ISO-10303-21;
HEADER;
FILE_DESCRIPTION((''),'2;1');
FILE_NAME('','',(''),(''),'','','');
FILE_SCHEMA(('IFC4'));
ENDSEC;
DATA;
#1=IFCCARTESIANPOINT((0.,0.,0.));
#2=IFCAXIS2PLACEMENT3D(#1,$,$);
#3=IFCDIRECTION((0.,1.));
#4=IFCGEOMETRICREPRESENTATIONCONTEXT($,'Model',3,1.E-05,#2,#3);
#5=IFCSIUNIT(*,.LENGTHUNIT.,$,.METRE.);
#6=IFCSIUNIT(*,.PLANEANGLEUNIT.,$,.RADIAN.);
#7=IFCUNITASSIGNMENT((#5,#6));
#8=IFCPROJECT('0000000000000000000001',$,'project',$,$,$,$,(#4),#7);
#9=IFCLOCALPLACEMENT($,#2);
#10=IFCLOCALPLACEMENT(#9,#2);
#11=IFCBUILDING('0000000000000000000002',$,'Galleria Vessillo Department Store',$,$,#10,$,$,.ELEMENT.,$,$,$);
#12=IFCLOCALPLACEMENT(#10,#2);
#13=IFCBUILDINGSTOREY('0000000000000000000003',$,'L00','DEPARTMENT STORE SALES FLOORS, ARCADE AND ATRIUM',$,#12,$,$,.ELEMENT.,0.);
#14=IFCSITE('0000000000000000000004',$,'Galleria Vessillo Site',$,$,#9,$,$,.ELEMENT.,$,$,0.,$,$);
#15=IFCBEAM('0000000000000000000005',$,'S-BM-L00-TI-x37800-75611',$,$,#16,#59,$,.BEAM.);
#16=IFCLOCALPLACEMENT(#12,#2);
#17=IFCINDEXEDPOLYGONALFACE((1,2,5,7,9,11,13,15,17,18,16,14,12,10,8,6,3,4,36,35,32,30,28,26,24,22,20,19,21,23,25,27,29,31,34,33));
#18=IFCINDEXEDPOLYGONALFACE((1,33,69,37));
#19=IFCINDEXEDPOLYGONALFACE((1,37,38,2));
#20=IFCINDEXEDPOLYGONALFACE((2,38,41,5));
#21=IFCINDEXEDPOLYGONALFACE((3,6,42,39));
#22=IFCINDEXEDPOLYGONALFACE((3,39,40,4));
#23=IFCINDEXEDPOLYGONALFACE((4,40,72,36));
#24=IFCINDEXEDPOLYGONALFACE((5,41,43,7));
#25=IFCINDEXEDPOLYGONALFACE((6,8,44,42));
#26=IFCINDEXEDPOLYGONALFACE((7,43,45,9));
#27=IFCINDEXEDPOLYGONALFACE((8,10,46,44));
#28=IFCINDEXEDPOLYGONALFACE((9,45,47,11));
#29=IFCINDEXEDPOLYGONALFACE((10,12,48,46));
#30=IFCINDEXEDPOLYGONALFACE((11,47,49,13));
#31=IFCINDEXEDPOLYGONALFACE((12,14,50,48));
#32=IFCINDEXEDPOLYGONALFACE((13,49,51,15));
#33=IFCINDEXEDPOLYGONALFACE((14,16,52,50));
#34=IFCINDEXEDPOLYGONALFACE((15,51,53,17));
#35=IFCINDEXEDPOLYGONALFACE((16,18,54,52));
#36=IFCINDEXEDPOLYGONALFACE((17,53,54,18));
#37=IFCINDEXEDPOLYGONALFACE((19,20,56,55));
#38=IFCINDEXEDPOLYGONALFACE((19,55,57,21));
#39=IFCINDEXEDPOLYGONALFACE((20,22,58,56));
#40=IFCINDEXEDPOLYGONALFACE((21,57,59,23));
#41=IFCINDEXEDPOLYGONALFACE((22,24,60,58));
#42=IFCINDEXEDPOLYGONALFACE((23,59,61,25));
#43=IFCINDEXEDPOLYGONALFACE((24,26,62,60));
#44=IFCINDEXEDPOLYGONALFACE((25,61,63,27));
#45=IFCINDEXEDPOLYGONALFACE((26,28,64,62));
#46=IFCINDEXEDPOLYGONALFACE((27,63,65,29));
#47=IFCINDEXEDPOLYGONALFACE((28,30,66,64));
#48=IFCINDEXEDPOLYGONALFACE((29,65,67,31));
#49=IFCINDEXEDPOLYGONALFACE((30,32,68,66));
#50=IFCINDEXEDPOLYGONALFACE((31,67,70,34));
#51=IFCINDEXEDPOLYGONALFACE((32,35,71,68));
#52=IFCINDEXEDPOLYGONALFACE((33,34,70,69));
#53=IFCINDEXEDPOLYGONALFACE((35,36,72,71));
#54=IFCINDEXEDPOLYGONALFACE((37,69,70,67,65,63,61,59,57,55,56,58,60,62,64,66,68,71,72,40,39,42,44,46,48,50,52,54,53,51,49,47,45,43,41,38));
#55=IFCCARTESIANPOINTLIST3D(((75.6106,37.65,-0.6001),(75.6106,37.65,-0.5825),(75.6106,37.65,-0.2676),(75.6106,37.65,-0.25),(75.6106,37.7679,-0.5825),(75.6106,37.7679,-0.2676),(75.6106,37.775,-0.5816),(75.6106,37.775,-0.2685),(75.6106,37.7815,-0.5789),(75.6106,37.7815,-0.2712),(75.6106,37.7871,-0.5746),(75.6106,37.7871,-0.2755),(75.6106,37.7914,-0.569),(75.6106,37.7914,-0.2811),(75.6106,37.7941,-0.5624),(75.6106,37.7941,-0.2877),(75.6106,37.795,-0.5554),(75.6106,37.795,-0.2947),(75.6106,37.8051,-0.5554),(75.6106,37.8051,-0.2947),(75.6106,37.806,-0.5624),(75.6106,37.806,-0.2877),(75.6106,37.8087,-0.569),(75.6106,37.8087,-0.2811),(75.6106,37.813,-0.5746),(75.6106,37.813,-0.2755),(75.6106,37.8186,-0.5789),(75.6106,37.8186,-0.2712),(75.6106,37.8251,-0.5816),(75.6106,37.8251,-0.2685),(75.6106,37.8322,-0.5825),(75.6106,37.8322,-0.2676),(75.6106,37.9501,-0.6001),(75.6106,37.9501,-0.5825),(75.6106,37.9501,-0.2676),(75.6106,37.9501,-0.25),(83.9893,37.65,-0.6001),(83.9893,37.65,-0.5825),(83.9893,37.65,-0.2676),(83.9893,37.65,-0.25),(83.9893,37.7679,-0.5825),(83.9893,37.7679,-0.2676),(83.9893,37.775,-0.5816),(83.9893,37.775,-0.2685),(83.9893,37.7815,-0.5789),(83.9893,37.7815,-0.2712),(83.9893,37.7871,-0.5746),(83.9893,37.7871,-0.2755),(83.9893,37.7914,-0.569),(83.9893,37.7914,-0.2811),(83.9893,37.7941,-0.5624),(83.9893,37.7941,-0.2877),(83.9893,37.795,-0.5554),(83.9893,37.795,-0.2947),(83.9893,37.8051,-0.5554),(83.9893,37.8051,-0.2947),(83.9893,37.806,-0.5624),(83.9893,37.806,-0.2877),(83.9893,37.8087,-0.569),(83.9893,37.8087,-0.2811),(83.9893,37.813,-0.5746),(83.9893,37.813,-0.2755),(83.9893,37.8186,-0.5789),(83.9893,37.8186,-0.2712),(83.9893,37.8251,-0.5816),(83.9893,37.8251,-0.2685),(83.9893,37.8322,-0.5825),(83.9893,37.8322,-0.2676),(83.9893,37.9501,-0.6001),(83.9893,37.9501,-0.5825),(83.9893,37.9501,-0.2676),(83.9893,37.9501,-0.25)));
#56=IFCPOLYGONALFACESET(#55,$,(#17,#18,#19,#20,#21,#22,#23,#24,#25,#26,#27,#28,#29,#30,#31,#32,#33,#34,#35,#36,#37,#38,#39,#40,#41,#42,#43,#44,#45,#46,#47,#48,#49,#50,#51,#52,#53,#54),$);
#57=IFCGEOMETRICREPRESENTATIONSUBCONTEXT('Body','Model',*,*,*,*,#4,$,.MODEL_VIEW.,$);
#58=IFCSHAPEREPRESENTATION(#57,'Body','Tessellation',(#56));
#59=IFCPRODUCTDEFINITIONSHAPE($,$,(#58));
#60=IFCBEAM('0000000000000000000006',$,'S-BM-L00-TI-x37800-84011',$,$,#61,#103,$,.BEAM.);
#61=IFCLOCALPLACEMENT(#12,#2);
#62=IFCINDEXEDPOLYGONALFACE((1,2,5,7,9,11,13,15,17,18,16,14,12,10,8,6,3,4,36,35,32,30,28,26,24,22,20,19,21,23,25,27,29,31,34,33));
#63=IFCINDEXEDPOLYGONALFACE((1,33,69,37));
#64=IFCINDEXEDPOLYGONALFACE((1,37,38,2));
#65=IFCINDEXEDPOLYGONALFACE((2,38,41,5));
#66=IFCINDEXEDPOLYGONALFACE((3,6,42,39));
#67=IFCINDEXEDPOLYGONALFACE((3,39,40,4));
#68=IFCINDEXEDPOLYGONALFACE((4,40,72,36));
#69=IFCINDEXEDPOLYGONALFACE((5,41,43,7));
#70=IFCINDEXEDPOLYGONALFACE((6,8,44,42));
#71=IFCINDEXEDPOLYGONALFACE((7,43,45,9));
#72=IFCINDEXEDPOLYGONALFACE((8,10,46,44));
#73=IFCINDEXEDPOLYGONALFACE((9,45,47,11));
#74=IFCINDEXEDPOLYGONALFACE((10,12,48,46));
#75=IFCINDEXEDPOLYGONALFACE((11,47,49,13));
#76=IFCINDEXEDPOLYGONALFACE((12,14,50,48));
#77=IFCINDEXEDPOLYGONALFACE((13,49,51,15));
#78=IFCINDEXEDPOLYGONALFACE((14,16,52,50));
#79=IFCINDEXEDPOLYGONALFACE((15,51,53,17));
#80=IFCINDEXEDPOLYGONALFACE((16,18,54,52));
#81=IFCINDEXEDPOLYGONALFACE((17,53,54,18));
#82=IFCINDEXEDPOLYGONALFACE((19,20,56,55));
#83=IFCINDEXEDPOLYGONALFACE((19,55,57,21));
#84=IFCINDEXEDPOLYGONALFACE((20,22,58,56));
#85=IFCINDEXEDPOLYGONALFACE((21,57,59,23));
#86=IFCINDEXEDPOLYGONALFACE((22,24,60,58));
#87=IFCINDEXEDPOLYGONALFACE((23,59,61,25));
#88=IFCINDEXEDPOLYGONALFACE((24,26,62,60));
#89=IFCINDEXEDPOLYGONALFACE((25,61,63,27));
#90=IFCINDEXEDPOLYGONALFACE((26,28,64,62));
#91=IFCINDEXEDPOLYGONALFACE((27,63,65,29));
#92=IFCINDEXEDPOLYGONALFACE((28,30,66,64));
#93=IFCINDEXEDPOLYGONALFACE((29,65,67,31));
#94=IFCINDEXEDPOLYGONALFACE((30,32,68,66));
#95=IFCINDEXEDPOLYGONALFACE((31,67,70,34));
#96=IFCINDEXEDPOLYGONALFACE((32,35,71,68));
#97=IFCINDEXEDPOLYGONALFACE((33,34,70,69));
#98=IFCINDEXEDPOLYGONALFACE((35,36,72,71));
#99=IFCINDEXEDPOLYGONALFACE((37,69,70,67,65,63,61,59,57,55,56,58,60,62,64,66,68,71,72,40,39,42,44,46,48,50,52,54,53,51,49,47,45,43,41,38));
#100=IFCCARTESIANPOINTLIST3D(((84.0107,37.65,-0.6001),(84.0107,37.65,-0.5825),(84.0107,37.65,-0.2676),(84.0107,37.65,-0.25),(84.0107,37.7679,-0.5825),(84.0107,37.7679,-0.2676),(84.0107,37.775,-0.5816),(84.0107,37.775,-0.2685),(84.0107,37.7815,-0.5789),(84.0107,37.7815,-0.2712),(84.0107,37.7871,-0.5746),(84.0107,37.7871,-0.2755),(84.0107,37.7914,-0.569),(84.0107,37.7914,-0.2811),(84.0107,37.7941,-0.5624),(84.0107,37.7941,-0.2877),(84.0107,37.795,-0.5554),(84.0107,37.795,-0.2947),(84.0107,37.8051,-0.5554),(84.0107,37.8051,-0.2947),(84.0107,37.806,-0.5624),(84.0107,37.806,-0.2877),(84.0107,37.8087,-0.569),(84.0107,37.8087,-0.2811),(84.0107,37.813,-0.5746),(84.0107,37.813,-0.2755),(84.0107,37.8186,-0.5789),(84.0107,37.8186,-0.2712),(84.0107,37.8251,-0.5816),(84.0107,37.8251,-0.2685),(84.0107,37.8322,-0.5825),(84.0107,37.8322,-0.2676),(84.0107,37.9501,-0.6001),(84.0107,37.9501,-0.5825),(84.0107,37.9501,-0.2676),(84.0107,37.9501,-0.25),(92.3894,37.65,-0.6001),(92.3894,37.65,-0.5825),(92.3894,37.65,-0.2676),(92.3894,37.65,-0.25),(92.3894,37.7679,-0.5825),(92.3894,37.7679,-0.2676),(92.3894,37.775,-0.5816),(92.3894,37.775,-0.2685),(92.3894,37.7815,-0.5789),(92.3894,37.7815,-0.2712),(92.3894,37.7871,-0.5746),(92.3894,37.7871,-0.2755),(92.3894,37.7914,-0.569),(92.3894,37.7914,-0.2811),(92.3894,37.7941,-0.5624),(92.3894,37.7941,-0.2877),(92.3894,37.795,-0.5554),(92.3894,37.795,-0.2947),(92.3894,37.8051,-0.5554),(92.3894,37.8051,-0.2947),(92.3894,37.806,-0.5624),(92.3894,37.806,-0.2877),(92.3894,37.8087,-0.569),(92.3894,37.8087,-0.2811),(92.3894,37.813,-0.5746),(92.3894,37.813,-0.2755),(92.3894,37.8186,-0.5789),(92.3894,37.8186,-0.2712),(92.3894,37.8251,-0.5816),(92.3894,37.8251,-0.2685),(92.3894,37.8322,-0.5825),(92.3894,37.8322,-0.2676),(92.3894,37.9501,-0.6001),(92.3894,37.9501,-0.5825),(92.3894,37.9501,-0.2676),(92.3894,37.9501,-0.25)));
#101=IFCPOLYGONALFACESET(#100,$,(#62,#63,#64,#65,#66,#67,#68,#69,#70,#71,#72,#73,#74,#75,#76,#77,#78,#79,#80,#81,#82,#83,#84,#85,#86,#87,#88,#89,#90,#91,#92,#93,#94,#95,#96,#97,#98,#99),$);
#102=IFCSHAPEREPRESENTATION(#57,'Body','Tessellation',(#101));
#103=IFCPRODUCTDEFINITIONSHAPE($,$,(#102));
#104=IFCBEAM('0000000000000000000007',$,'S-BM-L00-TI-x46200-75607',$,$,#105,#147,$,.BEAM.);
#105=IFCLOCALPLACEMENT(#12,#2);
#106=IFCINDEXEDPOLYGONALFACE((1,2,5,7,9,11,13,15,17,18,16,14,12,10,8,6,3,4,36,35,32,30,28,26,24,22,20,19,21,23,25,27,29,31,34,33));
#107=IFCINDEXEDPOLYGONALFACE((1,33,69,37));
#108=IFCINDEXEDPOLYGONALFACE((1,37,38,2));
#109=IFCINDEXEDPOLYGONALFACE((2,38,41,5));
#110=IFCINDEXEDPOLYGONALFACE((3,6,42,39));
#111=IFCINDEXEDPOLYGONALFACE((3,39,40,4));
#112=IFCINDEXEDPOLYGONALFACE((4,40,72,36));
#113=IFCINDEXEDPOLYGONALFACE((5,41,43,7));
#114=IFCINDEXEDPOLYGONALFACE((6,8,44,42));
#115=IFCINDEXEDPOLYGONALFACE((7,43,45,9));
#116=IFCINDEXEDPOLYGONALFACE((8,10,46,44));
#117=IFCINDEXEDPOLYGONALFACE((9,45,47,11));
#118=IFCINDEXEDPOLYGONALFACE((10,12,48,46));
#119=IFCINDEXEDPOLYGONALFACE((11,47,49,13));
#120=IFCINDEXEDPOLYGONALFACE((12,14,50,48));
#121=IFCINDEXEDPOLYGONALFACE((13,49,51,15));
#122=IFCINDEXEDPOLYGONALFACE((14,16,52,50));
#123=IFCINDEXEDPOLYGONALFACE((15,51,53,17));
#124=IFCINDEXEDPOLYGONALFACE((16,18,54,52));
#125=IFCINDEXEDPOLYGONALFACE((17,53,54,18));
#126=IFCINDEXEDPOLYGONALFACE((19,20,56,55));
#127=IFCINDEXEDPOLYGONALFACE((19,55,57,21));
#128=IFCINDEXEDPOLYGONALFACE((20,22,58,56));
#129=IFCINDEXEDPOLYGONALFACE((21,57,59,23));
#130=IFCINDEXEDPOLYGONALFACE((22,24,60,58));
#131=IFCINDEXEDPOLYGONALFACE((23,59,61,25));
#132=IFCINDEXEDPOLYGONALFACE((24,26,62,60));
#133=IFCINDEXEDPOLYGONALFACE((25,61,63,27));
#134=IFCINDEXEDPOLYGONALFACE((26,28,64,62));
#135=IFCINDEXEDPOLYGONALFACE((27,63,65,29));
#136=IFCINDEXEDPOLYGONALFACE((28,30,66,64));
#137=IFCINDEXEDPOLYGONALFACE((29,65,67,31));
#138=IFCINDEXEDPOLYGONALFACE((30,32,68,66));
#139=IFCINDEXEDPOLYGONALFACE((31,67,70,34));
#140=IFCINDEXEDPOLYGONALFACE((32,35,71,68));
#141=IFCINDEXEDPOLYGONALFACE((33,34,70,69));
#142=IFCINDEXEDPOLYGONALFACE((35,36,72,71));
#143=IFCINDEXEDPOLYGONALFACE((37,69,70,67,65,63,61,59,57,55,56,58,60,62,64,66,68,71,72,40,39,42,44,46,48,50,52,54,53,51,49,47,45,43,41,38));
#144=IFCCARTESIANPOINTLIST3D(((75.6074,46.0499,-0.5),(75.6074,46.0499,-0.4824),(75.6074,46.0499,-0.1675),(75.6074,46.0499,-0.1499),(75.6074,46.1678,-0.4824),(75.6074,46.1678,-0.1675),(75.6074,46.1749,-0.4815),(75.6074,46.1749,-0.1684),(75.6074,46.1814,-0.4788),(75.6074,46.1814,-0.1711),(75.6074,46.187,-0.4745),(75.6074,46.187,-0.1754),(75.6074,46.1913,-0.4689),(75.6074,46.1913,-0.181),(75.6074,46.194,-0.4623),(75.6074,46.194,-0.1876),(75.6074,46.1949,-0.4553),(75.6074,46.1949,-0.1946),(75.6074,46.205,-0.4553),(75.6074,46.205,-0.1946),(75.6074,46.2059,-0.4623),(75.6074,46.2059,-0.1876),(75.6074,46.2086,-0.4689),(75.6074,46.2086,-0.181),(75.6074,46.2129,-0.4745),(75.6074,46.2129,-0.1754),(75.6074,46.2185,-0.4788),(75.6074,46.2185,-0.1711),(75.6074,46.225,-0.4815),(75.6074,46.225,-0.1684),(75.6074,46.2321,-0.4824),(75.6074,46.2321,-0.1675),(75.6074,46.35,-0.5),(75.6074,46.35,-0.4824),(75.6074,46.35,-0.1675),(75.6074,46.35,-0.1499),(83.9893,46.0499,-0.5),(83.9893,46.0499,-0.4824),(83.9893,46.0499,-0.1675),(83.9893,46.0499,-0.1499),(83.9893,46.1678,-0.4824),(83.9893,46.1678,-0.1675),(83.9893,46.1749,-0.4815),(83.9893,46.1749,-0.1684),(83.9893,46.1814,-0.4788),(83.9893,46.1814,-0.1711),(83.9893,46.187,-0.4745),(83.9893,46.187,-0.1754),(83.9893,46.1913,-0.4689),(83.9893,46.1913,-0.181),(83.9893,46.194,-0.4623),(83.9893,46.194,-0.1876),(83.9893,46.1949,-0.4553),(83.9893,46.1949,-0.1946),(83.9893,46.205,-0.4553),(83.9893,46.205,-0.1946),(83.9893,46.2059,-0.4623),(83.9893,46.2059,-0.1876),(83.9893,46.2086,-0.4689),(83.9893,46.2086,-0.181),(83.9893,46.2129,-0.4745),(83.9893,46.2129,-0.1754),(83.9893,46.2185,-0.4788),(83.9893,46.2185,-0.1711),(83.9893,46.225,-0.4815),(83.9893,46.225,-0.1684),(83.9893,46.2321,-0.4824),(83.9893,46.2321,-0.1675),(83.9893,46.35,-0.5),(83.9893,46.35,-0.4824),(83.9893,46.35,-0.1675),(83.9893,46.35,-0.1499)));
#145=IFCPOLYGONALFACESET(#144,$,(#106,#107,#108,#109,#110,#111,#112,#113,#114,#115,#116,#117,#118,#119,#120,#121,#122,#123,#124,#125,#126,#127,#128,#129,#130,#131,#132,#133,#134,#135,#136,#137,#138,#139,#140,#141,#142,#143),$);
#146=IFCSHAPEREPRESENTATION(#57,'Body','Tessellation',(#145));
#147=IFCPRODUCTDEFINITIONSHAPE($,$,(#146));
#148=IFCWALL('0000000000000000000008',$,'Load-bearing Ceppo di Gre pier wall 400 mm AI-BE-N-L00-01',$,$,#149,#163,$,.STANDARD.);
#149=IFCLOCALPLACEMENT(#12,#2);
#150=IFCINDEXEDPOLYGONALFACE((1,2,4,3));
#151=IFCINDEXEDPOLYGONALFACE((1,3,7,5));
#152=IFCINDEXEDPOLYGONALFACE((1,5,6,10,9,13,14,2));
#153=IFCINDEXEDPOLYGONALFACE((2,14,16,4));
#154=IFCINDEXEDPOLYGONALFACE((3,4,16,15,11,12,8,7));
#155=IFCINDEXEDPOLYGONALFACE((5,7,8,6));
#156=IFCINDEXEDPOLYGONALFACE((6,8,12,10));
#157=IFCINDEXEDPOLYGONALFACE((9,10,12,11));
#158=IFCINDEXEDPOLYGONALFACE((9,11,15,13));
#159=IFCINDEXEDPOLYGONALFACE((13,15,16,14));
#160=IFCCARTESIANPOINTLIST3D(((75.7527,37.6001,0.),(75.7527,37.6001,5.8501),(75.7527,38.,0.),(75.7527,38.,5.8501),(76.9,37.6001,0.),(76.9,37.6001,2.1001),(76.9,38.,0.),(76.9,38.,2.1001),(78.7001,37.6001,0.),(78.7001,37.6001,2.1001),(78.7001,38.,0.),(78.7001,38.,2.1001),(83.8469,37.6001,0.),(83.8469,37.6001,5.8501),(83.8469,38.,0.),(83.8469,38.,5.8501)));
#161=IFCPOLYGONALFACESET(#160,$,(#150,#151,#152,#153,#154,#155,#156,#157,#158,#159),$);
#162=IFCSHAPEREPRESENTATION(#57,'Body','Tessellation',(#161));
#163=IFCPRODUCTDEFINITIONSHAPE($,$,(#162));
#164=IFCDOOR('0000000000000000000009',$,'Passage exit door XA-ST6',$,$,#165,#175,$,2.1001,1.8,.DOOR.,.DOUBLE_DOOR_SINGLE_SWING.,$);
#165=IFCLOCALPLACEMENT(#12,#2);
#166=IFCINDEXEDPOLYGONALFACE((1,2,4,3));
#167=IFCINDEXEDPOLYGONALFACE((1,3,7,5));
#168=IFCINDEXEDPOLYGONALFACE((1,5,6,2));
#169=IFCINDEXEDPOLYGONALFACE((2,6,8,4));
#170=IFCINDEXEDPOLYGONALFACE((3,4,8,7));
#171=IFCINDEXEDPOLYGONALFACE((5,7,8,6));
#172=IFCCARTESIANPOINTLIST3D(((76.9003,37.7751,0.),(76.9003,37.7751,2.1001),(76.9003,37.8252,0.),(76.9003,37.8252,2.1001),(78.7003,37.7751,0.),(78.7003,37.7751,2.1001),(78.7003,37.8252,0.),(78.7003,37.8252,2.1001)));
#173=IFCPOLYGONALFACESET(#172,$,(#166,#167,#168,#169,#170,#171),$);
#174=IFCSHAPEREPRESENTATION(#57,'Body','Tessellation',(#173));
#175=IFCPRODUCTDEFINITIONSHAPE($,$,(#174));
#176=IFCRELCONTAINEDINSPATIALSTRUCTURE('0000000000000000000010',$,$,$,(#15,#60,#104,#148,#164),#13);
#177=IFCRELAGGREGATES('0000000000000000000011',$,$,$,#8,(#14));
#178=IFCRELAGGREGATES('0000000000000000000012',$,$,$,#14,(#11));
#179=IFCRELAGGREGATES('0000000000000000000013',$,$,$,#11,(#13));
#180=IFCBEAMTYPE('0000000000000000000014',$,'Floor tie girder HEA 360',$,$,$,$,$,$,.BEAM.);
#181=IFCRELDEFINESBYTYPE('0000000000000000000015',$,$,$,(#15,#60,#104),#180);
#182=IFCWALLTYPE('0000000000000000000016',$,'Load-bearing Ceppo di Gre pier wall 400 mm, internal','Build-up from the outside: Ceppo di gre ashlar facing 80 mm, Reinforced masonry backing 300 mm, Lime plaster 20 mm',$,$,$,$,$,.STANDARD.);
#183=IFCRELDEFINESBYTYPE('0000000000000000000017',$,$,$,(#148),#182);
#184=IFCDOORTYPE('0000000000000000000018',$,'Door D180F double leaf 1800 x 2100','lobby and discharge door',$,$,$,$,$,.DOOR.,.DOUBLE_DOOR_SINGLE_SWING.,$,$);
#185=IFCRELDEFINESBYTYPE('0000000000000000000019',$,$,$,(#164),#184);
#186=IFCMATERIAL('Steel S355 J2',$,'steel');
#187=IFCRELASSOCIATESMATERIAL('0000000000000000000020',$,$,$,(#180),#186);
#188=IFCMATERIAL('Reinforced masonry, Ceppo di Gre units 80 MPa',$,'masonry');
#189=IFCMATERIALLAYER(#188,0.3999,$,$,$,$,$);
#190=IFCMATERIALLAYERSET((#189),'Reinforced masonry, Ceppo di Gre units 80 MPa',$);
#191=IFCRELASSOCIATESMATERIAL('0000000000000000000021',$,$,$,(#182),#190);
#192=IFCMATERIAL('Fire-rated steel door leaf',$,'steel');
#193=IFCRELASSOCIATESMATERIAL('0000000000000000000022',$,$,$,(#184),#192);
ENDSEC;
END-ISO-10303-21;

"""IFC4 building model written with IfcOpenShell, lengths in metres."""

from ifc_helpers import new_model, si_unit, direction, frame, frame_2d, origin, origin_2d, place, context, subcontext, project, spatial, rectangle, i_section, extrude, material, layer, layer_set, material_profile, profile_set, type_object, element, fill, save


model = new_model("IFC4")

# Units and contexts
model_context = context("Model", 3, precision=1e-05, world=origin(), true_north=direction((0.0, 1.0)))
body_context = subcontext(model_context, "Body", "Model", "MODEL_VIEW")
ifc_project = project(units=[si_unit("LENGTHUNIT", "METRE"), si_unit("PLANEANGLEUNIT", "RADIAN")], contexts=[model_context])

# Site, building, storey
site_placement = place(None, origin())
site = spatial("IfcSite", under=ifc_project, at=site_placement, Name="Galleria Vessillo Site", CompositionType="ELEMENT", RefElevation=0.0)
building_placement = place(site_placement, origin())
building = spatial("IfcBuilding", under=site, at=building_placement, Name="Galleria Vessillo Department Store", CompositionType="ELEMENT")
storey_placement = place(building_placement, origin())
storey = spatial("IfcBuildingStorey", under=building, at=storey_placement, Name="L00", Description="DEPARTMENT STORE SALES FLOORS, ARCADE AND ATRIUM", CompositionType="ELEMENT", Elevation=0.0)

# Beams
ifc_material_1 = material(Name="Steel S355 J2", Category="steel")
ifc_material_profile_1 = material_profile(ifc_material_1, i_section(OverallWidth=0.3, OverallDepth=0.3501, WebThickness=0.01, FlangeThickness=0.0176, FilletRadius=0.0271, at=origin_2d()), Name="HEA 360")
ifc_profile_set_1 = profile_set([ifc_material_profile_1], Name="Steel S355 J2")
beam_type_1 = type_object("IfcBeamType", Name="Floor tie girder HEA 360", PredefinedType="BEAM", material=ifc_profile_set_1)
for number, where, z_axis, x_axis, name in (
    (1, (75.6106, 37.8, -0.425), (1.0, 0.0, 0.0), (0.0, 1.0, 0.0), "S-BM-L00-TI-x37800-75611"),
    (2, (84.0107, 37.8, -0.425), (1.0, 0.0, 0.0), (0.0, 1.0, 0.0), "S-BM-L00-TI-x37800-84011"),
):
    element("IfcBeam", number, at=place(storey_placement, frame(where, z_axis=z_axis, x_axis=x_axis)), inside=storey, type_object=beam_type_1, Name=name, PredefinedType="BEAM", context=body_context, shape_type="SweptSolid", body=[
        extrude(i_section(OverallWidth=0.3, OverallDepth=0.3501, WebThickness=0.01, FlangeThickness=0.0176, FilletRadius=0.0271, at=origin_2d()), origin(), (0.0, 0.0, 1.0), 8.3787),
    ])
beam_1_placement = place(storey_placement, frame((75.6074, 46.2, -0.325), z_axis=(1.0, 0.0, 0.0), x_axis=(0.0, 1.0, 0.0)))
element("IfcBeam", 3, at=beam_1_placement, inside=storey, type_object=beam_type_1, Name="S-BM-L00-TI-x46200-75607", PredefinedType="BEAM", context=body_context, shape_type="SweptSolid", body=[
    extrude(i_section(OverallWidth=0.3, OverallDepth=0.3501, WebThickness=0.01, FlangeThickness=0.0176, FilletRadius=0.0271, at=origin_2d()), origin(), (0.0, 0.0, 1.0), 8.3818),
])

# Wall, opening, door
ifc_material_2 = material(Name="Reinforced masonry, Ceppo di Gre units 80 MPa", Category="masonry")
ifc_layer = layer(ifc_material_2, 0.3999)
ifc_layer_set = layer_set([ifc_layer], Name="Reinforced masonry, Ceppo di Gre units 80 MPa")
wall_type = type_object("IfcWallType", Name="Load-bearing Ceppo di Gre pier wall 400 mm, internal", Description="Build-up from the outside: Ceppo di gre ashlar facing 80 mm, Reinforced masonry backing 300 mm, Lime plaster 20 mm", PredefinedType="STANDARD", material=ifc_layer_set)
wall_placement = place(storey_placement, frame((75.7527, 37.8, 0.0), z_axis=(0.0, 0.0, 1.0), x_axis=(1.0, 0.0, 0.0)))
wall = element("IfcWall", 4, at=wall_placement, inside=storey, type_object=wall_type, Name="Load-bearing Ceppo di Gre pier wall 400 mm AI-BE-N-L00-01", PredefinedType="STANDARD", context=body_context, shape_type="SweptSolid", body=[
    extrude(rectangle(XDim=8.0942, YDim=0.3999, at=frame_2d((4.0471, 0.0))), origin(), (0.0, 0.0, 1.0), 5.8501),
])
opening_placement = place(wall_placement, frame((1.1475, 0.0, 0.0)))
opening = element("IfcOpeningElement", 5, at=opening_placement, cuts=wall, PredefinedType="OPENING", context=body_context, shape_type="SweptSolid", body=[
    extrude(rectangle(XDim=1.8, YDim=2.1001, at=frame_2d((0.8999, 1.05))), frame((0.0, 0.21, 0.0), z_axis=(0.0, -1.0, 0.0), x_axis=(1.0, 0.0, 0.0)), (0.0, 0.0, 1.0), 0.4199),
])
ifc_material_3 = material(Name="Fire-rated steel door leaf", Category="steel")
door_type = type_object("IfcDoorType", Name="Door D180F double leaf 1800 x 2100", Description="lobby and discharge door", OperationType="DOUBLE_DOOR_SINGLE_SWING", PredefinedType="DOOR", material=ifc_material_3)
door_placement = place(opening_placement, frame((1.8, 0.0, 0.0), z_axis=(0.0, 0.0, 1.0), x_axis=(-1.0, 0.0, 0.0)))
door = element("IfcDoor", 6, at=door_placement, inside=storey, type_object=door_type, Name="Passage exit door XA-ST6", OperationType="DOUBLE_DOOR_SINGLE_SWING", OverallHeight=2.1001, OverallWidth=1.8, PredefinedType="DOOR", context=body_context, shape_type="SweptSolid", body=[
    extrude(rectangle(XDim=1.8, YDim=2.1001, at=frame_2d((0.8999, 1.05))), frame((0.0, 0.0249, 0.0), z_axis=(0.0, -1.0, 0.0), x_axis=(1.0, 0.0, 0.0)), (0.0, 0.0, 1.0), 0.05),
])
fill(opening, door)

save(model, "model.ifc")
